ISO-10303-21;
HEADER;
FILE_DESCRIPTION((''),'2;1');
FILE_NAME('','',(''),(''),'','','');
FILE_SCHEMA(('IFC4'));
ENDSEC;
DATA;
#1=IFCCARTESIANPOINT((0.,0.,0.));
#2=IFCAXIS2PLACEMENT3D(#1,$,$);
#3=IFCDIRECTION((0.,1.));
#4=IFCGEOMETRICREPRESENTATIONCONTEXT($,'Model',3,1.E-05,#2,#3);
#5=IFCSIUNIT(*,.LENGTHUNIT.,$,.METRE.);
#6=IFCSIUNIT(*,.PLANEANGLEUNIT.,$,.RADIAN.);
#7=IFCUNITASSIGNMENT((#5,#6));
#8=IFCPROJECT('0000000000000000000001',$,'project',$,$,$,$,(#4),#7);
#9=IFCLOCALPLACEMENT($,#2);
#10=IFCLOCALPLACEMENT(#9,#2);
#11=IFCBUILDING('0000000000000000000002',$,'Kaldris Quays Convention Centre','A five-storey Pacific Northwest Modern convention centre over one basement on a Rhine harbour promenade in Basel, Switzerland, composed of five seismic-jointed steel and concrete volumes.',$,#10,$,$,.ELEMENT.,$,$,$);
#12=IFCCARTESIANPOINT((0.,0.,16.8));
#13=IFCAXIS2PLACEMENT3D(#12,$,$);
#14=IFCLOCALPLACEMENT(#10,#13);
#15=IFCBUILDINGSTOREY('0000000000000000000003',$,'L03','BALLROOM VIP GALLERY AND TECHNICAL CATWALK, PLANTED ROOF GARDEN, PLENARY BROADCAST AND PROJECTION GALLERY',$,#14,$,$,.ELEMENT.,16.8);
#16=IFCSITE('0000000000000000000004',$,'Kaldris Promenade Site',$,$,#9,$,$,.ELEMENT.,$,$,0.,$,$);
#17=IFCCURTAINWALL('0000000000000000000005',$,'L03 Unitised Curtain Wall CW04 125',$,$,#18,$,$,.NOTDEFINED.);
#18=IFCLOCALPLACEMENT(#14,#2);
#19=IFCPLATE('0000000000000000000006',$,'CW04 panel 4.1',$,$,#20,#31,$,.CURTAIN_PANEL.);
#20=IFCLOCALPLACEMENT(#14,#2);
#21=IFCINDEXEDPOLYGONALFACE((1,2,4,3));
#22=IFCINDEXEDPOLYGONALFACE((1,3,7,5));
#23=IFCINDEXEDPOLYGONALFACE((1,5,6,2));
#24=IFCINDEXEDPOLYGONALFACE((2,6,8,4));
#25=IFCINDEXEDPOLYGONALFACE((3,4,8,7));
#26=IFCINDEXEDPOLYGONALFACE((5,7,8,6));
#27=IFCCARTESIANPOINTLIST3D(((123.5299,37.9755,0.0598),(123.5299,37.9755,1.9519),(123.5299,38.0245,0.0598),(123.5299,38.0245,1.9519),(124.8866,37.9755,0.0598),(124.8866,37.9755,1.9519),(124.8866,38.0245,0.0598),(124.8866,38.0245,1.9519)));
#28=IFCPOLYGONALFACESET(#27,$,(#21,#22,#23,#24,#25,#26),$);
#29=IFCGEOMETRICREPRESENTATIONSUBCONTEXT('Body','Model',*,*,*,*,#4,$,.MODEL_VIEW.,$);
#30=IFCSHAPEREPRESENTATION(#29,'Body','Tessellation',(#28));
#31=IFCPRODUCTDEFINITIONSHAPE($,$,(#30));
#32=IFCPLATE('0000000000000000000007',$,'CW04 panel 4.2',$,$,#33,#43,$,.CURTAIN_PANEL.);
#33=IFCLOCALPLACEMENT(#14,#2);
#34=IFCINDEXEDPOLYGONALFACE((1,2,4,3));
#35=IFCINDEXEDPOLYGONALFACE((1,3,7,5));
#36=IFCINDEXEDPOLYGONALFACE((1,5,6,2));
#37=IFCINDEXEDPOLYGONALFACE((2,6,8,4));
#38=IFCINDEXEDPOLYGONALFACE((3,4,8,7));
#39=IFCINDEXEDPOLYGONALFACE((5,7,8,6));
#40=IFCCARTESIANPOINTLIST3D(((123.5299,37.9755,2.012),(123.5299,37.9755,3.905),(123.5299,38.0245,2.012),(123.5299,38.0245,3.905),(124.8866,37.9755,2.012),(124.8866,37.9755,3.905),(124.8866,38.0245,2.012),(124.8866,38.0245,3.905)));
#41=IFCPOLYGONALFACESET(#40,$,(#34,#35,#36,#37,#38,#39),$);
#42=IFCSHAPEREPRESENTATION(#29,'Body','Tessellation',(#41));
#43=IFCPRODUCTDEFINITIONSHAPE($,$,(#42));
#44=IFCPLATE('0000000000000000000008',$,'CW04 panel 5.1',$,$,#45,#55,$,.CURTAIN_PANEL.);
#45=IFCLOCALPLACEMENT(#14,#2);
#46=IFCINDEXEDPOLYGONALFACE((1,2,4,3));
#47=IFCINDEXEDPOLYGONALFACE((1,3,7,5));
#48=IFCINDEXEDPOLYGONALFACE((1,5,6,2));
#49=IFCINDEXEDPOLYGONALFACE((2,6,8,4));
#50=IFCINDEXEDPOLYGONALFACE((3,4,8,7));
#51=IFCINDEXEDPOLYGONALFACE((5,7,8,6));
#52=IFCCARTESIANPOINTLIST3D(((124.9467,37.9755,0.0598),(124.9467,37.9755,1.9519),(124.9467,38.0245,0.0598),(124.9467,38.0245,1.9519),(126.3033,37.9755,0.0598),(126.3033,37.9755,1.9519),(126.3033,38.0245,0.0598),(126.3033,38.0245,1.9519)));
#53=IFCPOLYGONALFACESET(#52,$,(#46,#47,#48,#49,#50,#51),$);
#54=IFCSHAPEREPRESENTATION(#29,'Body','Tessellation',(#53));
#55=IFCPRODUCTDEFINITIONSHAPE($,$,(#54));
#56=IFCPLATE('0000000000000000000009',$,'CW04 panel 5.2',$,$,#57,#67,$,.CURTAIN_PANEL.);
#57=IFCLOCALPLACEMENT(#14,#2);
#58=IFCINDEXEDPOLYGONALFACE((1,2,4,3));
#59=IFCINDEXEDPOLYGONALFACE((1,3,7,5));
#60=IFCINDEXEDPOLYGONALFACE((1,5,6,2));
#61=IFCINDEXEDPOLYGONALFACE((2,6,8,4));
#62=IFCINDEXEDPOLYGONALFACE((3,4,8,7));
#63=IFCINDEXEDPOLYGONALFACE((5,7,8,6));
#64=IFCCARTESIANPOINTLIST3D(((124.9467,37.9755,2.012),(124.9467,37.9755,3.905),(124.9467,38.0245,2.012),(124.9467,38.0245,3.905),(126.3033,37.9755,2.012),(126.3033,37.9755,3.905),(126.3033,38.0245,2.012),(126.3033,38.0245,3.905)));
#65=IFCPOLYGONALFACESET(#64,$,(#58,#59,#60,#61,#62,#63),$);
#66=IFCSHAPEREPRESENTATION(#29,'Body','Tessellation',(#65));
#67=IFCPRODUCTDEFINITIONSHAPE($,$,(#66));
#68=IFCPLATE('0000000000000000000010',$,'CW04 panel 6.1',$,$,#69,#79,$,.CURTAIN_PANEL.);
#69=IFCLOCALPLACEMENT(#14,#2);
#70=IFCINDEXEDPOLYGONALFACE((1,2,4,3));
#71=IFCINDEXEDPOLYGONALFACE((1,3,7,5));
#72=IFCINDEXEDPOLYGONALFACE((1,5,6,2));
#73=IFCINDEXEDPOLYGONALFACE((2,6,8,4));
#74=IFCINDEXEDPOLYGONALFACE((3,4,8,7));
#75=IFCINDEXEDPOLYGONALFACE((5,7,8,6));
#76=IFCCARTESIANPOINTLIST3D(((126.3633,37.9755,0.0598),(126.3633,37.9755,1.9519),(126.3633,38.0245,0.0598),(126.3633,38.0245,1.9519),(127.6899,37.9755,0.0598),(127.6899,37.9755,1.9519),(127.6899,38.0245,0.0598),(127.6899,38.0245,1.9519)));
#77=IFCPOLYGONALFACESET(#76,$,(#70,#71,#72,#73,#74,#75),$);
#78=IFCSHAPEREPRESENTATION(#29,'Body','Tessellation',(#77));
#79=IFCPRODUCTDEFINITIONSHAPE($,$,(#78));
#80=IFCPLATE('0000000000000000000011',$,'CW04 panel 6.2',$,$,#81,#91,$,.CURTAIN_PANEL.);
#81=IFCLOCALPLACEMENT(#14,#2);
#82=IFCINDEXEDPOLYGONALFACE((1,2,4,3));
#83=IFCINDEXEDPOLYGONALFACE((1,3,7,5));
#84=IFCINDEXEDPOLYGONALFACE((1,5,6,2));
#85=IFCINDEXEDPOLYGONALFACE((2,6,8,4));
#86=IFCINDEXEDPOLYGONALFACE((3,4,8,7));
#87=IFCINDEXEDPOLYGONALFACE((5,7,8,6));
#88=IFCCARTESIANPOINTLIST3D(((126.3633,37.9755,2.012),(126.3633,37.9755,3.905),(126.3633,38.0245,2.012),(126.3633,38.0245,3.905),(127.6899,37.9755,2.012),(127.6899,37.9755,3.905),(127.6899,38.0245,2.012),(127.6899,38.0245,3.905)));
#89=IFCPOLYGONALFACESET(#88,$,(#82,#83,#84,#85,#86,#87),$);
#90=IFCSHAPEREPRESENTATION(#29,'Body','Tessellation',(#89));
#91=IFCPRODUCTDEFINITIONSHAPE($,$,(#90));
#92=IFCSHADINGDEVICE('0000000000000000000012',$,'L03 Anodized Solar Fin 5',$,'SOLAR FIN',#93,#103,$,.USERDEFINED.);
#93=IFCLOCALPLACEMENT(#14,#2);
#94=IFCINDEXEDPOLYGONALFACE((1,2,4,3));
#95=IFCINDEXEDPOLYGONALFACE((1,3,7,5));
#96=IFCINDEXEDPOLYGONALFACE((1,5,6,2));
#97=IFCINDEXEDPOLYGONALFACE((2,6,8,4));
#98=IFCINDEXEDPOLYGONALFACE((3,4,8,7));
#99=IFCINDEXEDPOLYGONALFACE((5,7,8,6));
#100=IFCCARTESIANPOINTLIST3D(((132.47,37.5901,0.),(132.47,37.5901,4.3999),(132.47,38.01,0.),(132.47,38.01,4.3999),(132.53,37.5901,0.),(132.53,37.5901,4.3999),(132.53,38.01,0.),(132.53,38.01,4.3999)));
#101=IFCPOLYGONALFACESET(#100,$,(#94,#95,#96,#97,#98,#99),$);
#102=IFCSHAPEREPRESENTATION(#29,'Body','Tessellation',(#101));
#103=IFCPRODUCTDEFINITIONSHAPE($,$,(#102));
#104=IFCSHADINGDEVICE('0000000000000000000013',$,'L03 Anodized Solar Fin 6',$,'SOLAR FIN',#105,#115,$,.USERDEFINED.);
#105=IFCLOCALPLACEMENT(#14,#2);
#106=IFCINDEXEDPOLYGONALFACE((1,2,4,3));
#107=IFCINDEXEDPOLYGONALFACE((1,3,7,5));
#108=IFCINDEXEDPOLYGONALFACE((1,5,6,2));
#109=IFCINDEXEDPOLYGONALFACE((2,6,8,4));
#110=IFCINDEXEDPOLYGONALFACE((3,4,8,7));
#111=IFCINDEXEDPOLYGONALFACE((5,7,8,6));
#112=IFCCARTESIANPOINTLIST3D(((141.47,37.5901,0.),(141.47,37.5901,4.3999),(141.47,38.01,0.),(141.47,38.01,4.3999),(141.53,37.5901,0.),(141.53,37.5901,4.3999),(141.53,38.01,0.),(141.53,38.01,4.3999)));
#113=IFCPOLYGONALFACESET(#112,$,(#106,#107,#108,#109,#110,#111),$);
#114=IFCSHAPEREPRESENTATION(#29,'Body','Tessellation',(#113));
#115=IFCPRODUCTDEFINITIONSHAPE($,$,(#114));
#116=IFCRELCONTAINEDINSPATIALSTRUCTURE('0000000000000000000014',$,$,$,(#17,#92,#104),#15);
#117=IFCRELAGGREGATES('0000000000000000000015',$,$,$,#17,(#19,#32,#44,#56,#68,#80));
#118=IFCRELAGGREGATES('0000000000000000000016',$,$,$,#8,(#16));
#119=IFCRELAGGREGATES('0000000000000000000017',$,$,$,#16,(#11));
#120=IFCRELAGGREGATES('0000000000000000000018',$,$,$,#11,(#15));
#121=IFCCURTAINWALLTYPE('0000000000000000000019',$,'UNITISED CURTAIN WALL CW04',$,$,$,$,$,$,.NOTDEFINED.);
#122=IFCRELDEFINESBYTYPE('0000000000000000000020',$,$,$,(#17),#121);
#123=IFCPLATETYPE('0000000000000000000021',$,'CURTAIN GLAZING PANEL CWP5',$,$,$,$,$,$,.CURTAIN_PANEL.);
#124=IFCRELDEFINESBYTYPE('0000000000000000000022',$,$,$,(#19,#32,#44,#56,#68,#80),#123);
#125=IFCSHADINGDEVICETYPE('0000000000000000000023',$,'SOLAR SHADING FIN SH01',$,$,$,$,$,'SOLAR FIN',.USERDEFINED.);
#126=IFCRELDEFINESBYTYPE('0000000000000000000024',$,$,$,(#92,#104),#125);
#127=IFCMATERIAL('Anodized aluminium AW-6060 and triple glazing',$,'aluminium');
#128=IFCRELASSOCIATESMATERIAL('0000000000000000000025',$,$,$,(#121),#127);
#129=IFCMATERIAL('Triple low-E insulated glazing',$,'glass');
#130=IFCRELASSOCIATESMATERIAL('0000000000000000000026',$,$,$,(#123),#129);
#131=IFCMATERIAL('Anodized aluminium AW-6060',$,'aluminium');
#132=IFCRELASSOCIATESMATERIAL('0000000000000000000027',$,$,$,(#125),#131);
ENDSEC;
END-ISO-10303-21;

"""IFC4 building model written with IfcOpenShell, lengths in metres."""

from ifc_helpers import new_model, si_unit, direction, frame, origin, origin_2d, place, context, subcontext, project, spatial, rectangle, extrude, material, type_object, element, aggregate, save


model = new_model("IFC4")

# Units and contexts
model_context = context("Model", 3, precision=1e-05, world=origin(), true_north=direction((0.0, 1.0)))
body_context = subcontext(model_context, "Body", "Model", "MODEL_VIEW")
ifc_project = project(units=[si_unit("LENGTHUNIT", "METRE"), si_unit("PLANEANGLEUNIT", "RADIAN")], contexts=[model_context])

# Site, building, storey
site_placement = place(None, origin())
site = spatial("IfcSite", under=ifc_project, at=site_placement, Name="Kaldris Promenade Site", CompositionType="ELEMENT", RefElevation=0.0)
building_placement = place(site_placement, origin())
building = spatial("IfcBuilding", under=site, at=building_placement, Name="Kaldris Quays Convention Centre", Description="A five-storey Pacific Northwest Modern convention centre over one basement on a Rhine harbour promenade in Basel, Switzerland, composed of five seismic-jointed steel and concrete volumes.", CompositionType="ELEMENT")
storey_placement = place(building_placement, frame((0.0, 0.0, 16.8)))
storey = spatial("IfcBuildingStorey", under=building, at=storey_placement, Name="L03", Description="BALLROOM VIP GALLERY AND TECHNICAL CATWALK, PLANTED ROOF GARDEN, PLENARY BROADCAST AND PROJECTION GALLERY", CompositionType="ELEMENT", Elevation=16.8)

# Curtain wall
ifc_material_1 = material(Name="Anodized aluminium AW-6060 and triple glazing", Category="aluminium")
curtain_wall_type = type_object("IfcCurtainWallType", Name="UNITISED CURTAIN WALL CW04", PredefinedType="NOTDEFINED", material=ifc_material_1)
curtain_wall_1_placement = place(storey_placement, origin())
curtain_wall_1 = element("IfcCurtainWall", 1, at=curtain_wall_1_placement, inside=storey, type_object=curtain_wall_type, Name="L03 Unitised Curtain Wall CW04 125", PredefinedType="NOTDEFINED")
ifc_material_2 = material(Name="Anodized aluminium AW-6060", Category="aluminium")

# Plates
ifc_material_3 = material(Name="Triple low-E insulated glazing", Category="glass")
plate_type = type_object("IfcPlateType", Name="CURTAIN GLAZING PANEL CWP5", PredefinedType="CURTAIN_PANEL", material=ifc_material_3)
plate_1_placement = place(storey_placement, frame((124.2083, 38.0, 0.0598), z_axis=(0.0, 0.0, 1.0), x_axis=(1.0, 0.0, 0.0)))
plate_1 = element("IfcPlate", 2, at=plate_1_placement, type_object=plate_type, Name="CW04 panel 4.1", PredefinedType="CURTAIN_PANEL", context=body_context, shape_type="SweptSolid", body=[
    extrude(rectangle(XDim=1.3567, YDim=0.0491, at=origin_2d()), origin(), (0.0, 0.0, 1.0), 1.8921),
])
plate_2_placement = place(storey_placement, frame((124.2083, 38.0, 2.012), z_axis=(0.0, 0.0, 1.0), x_axis=(1.0, 0.0, 0.0)))
plate_2 = element("IfcPlate", 3, at=plate_2_placement, type_object=plate_type, Name="CW04 panel 4.2", PredefinedType="CURTAIN_PANEL", context=body_context, shape_type="SweptSolid", body=[
    extrude(rectangle(XDim=1.3567, YDim=0.0491, at=origin_2d()), origin(), (0.0, 0.0, 1.0), 1.8931),
])
plate_3_placement = place(storey_placement, frame((125.625, 38.0, 0.0598), z_axis=(0.0, 0.0, 1.0), x_axis=(1.0, 0.0, 0.0)))
plate_3 = element("IfcPlate", 4, at=plate_3_placement, type_object=plate_type, Name="CW04 panel 5.1", PredefinedType="CURTAIN_PANEL", context=body_context, shape_type="SweptSolid", body=[
    extrude(rectangle(XDim=1.3567, YDim=0.0491, at=origin_2d()), origin(), (0.0, 0.0, 1.0), 1.8921),
])
plate_4_placement = place(storey_placement, frame((125.625, 38.0, 2.012), z_axis=(0.0, 0.0, 1.0), x_axis=(1.0, 0.0, 0.0)))
plate_4 = element("IfcPlate", 5, at=plate_4_placement, type_object=plate_type, Name="CW04 panel 5.2", PredefinedType="CURTAIN_PANEL", context=body_context, shape_type="SweptSolid", body=[
    extrude(rectangle(XDim=1.3567, YDim=0.0491, at=origin_2d()), origin(), (0.0, 0.0, 1.0), 1.8931),
])
plate_5_placement = place(storey_placement, frame((127.0266, 38.0, 0.0598), z_axis=(0.0, 0.0, 1.0), x_axis=(1.0, 0.0, 0.0)))
plate_5 = element("IfcPlate", 6, at=plate_5_placement, type_object=plate_type, Name="CW04 panel 6.1", PredefinedType="CURTAIN_PANEL", context=body_context, shape_type="SweptSolid", body=[
    extrude(rectangle(XDim=1.3267, YDim=0.0491, at=origin_2d()), origin(), (0.0, 0.0, 1.0), 1.8921),
])
plate_6_placement = place(storey_placement, frame((127.0266, 38.0, 2.012), z_axis=(0.0, 0.0, 1.0), x_axis=(1.0, 0.0, 0.0)))
plate_6 = element("IfcPlate", 7, at=plate_6_placement, type_object=plate_type, Name="CW04 panel 6.2", PredefinedType="CURTAIN_PANEL", context=body_context, shape_type="SweptSolid", body=[
    extrude(rectangle(XDim=1.3267, YDim=0.0491, at=origin_2d()), origin(), (0.0, 0.0, 1.0), 1.8931),
])
aggregate(curtain_wall_1, [plate_1, plate_2, plate_3, plate_4, plate_5, plate_6])

# Shading devices
shading_device_type = type_object("IfcShadingDeviceType", Name="SOLAR SHADING FIN SH01", ElementType="SOLAR FIN", PredefinedType="USERDEFINED", material=ifc_material_2)
for number, where, z_axis, x_axis, name in (
    (8, (132.5, 37.8, 0.0), (0.0, 0.0, 1.0), (1.0, 0.0, 0.0), "L03 Anodized Solar Fin 5"),
    (9, (141.5, 37.8, 0.0), (0.0, 0.0, 1.0), (1.0, 0.0, 0.0), "L03 Anodized Solar Fin 6"),
):
    element("IfcShadingDevice", number, at=place(storey_placement, frame(where, z_axis=z_axis, x_axis=x_axis)), inside=storey, type_object=shading_device_type, Name=name, ObjectType="SOLAR FIN", PredefinedType="USERDEFINED", context=body_context, shape_type="SweptSolid", body=[
        extrude(rectangle(XDim=0.0601, YDim=0.4199, at=origin_2d()), origin(), (0.0, 0.0, 1.0), 4.3999),
    ])

save(model, "model.ifc")
